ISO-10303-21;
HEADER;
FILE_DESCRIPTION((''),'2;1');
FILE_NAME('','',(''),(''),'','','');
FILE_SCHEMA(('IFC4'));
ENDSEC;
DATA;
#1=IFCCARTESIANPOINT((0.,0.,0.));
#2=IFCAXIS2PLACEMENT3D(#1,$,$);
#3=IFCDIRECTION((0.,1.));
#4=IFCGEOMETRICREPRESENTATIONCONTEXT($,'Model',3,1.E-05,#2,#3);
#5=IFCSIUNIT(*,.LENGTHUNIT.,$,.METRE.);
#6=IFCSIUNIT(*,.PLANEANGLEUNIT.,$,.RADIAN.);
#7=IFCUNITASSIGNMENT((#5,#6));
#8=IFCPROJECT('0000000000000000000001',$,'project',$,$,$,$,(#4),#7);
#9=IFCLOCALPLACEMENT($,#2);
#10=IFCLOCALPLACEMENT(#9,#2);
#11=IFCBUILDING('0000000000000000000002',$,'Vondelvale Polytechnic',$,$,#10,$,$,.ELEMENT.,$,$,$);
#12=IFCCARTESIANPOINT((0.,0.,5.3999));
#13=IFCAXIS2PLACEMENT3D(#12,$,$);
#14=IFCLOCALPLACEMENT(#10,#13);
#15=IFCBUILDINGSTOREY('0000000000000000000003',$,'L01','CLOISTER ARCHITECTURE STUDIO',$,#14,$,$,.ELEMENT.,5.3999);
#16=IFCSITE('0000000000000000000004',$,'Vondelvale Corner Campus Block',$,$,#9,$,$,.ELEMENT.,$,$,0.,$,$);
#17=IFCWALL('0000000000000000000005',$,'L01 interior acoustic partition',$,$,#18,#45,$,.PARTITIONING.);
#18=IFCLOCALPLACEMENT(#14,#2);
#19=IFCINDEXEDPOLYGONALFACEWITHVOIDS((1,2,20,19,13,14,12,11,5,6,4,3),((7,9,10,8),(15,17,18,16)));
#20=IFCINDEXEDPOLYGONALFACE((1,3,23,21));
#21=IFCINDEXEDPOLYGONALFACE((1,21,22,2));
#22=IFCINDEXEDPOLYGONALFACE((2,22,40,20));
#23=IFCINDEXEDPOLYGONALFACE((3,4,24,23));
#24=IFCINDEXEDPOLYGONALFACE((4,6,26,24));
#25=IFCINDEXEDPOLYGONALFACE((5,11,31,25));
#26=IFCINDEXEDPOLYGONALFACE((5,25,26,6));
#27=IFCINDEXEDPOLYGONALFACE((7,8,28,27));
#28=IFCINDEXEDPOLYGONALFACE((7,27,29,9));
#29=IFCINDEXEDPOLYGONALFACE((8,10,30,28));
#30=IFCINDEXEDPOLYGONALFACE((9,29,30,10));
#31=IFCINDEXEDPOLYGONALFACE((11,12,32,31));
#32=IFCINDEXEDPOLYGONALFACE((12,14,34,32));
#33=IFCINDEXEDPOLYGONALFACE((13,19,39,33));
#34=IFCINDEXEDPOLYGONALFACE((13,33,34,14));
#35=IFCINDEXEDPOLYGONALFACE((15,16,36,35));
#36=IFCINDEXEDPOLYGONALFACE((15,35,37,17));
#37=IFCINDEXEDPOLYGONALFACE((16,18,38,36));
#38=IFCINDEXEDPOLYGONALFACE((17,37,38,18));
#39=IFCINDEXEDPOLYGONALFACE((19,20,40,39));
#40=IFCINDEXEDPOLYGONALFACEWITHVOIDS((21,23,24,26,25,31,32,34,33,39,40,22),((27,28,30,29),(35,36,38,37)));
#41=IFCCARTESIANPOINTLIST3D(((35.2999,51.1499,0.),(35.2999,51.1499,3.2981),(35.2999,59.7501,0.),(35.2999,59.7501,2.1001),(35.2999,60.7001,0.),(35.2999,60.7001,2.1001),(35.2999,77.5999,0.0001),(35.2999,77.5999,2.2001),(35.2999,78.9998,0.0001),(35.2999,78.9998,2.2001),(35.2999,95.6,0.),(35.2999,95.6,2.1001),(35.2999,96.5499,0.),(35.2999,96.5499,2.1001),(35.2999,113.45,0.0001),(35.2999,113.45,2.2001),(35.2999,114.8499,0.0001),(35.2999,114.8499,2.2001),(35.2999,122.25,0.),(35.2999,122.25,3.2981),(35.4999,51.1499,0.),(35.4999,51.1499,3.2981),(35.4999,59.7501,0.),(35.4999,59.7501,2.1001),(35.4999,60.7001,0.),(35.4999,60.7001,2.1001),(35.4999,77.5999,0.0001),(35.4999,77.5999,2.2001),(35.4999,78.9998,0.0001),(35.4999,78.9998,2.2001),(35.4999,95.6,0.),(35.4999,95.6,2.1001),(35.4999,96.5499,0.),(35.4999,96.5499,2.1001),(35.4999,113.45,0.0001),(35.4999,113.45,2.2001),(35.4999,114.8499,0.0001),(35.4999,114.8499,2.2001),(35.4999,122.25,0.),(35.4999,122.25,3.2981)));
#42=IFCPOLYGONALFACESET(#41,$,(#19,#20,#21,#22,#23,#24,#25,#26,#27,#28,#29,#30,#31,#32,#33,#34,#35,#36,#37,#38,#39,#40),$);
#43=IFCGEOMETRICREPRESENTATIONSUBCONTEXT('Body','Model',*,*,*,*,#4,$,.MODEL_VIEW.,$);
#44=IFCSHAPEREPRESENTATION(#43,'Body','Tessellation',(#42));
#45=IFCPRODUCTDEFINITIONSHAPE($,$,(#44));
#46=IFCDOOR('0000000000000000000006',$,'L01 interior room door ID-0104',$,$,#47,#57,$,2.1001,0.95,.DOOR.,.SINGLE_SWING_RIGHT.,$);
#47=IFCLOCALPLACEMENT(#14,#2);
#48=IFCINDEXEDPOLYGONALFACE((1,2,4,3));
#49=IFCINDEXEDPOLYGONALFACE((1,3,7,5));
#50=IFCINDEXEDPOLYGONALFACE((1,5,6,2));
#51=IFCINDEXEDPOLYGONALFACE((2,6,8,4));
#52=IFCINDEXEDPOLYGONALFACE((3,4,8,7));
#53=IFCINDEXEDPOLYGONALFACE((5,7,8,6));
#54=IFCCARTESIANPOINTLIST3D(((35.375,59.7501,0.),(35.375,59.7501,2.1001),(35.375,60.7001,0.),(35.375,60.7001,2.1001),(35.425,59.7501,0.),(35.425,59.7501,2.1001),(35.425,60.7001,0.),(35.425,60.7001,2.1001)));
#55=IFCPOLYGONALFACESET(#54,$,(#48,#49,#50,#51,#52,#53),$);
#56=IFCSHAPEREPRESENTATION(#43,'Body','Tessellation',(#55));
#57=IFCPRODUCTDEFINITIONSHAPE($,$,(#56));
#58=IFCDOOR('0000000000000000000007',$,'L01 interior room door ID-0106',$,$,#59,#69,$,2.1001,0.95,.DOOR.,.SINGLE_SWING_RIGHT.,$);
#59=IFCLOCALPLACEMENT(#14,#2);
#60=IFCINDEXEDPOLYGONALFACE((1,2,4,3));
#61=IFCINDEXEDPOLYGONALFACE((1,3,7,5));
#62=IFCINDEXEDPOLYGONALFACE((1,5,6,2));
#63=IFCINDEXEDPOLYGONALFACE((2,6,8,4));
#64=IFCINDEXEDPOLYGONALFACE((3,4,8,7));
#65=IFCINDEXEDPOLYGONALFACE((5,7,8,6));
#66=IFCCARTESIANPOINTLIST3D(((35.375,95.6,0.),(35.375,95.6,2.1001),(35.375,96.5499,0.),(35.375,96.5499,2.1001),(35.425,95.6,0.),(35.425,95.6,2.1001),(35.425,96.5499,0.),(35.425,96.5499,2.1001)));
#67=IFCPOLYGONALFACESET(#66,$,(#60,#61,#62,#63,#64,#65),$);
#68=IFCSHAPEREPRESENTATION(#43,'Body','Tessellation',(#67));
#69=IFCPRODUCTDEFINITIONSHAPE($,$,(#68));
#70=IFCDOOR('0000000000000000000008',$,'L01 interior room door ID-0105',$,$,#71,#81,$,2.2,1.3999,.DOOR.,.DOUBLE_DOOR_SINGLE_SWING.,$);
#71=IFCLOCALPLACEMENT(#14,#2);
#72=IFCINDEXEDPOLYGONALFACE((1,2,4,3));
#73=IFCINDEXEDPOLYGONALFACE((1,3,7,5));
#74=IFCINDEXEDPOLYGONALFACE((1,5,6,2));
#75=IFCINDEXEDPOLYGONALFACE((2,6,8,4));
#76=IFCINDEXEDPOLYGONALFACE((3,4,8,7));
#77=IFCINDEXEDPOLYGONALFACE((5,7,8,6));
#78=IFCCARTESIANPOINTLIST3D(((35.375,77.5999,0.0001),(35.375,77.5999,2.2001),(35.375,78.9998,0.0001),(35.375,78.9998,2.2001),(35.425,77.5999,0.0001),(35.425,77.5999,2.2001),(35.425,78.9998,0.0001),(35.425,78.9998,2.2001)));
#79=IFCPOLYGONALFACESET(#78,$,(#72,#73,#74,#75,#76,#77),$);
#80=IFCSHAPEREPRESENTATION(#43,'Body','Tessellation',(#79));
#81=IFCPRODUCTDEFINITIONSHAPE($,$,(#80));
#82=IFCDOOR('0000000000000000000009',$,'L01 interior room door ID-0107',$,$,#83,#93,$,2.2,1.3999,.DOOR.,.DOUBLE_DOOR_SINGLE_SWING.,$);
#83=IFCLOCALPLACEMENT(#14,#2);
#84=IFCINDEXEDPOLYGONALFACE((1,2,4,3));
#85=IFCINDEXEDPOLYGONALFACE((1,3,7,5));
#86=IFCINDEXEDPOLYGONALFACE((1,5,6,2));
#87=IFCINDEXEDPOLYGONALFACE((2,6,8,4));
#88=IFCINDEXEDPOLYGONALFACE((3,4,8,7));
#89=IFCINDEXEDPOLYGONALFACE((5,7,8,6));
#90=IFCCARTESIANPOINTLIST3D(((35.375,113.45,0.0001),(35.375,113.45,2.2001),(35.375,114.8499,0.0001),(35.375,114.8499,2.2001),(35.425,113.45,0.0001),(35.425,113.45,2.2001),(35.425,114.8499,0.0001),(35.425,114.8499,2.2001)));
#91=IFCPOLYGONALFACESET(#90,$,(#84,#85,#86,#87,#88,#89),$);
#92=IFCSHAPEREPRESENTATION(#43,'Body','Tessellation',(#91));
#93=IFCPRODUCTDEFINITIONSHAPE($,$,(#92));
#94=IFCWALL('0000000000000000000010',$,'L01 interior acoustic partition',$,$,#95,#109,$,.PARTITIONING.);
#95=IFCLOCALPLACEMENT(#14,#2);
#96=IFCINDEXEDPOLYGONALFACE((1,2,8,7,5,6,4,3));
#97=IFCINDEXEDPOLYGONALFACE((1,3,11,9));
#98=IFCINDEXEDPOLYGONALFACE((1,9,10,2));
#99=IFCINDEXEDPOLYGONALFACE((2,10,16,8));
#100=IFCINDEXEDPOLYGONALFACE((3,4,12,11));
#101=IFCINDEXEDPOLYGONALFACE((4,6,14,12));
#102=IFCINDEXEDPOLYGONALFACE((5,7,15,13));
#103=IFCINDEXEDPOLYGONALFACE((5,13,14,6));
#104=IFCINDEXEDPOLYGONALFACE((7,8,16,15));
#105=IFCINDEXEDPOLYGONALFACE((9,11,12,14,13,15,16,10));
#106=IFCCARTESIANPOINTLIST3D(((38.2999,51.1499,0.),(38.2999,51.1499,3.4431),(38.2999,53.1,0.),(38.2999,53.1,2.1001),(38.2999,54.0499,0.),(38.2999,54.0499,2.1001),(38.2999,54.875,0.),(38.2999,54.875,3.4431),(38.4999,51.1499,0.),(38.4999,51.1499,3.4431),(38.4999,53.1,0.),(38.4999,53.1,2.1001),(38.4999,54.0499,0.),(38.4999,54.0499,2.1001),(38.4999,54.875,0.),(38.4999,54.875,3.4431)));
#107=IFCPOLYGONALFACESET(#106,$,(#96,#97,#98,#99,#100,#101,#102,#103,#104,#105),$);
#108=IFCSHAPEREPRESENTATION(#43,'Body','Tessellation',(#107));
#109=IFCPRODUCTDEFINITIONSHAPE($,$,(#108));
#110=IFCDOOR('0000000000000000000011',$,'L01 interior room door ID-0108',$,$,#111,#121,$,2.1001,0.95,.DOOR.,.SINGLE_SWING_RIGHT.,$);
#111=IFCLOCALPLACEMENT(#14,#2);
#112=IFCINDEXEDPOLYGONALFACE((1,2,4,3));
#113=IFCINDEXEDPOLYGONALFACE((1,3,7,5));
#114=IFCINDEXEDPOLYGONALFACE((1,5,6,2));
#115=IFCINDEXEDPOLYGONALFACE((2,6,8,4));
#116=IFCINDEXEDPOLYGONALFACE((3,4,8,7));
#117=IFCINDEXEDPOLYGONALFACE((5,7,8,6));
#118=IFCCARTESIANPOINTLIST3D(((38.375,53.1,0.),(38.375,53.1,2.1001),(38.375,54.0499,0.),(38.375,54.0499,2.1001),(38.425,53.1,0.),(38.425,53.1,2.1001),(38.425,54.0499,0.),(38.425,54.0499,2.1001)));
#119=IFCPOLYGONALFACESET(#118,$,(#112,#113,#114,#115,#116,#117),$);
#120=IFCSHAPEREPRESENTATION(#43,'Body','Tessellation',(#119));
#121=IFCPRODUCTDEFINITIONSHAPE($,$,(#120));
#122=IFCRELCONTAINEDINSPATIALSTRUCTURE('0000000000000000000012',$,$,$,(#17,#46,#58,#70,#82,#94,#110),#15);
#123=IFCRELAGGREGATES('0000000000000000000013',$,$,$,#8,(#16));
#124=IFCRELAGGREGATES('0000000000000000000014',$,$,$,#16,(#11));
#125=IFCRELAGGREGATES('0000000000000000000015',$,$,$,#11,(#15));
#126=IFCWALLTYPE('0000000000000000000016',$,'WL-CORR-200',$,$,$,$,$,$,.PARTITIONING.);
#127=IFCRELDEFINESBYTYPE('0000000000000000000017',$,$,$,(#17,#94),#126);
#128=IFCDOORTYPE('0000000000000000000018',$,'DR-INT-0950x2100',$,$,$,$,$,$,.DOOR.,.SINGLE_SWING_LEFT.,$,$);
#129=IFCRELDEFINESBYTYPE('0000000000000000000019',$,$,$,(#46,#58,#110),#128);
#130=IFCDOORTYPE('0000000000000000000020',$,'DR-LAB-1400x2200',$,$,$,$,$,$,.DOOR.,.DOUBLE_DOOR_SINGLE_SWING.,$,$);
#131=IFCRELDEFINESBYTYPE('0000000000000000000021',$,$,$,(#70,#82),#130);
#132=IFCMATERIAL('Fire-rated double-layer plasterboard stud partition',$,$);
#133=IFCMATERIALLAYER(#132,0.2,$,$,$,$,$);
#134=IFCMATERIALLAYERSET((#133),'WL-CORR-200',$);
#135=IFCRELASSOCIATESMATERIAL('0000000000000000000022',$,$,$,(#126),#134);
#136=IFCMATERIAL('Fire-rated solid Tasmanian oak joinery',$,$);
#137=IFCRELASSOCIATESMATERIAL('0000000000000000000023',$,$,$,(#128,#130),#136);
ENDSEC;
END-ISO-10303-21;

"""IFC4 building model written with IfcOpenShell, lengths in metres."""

from ifc_helpers import new_model, si_unit, direction, frame, frame_2d, origin, place, context, subcontext, project, spatial, rectangle, extrude, material, layer, layer_set, type_object, element, fill, save


model = new_model("IFC4")

# Units and contexts
model_context = context("Model", 3, precision=1e-05, world=origin(), true_north=direction((0.0, 1.0)))
body_context = subcontext(model_context, "Body", "Model", "MODEL_VIEW")
ifc_project = project(units=[si_unit("LENGTHUNIT", "METRE"), si_unit("PLANEANGLEUNIT", "RADIAN")], contexts=[model_context])

# Site, building, storey
site_placement = place(None, origin())
site = spatial("IfcSite", under=ifc_project, at=site_placement, Name="Vondelvale Corner Campus Block", CompositionType="ELEMENT", RefElevation=0.0)
building_placement = place(site_placement, origin())
building = spatial("IfcBuilding", under=site, at=building_placement, Name="Vondelvale Polytechnic", CompositionType="ELEMENT")
storey_placement = place(building_placement, frame((0.0, 0.0, 5.3999)))
storey = spatial("IfcBuildingStorey", under=building, at=storey_placement, Name="L01", Description="CLOISTER ARCHITECTURE STUDIO", CompositionType="ELEMENT", Elevation=5.3999)

# Shared definitions
ifc_material_1 = material(Name="Fire-rated double-layer plasterboard stud partition")
ifc_layer_1 = layer(ifc_material_1, 0.2)
ifc_layer_set_1 = layer_set([ifc_layer_1], Name="WL-CORR-200")
wall_type_1 = type_object("IfcWallType", Name="WL-CORR-200", PredefinedType="PARTITIONING", material=ifc_layer_set_1)

# Wall, openings, doors
wall_1_placement = place(storey_placement, frame((35.3999, 51.1499, 0.0), z_axis=(0.0, 0.0, 1.0), x_axis=(0.0, 1.0, 0.0)))
wall_1 = element("IfcWall", 1, at=wall_1_placement, inside=storey, type_object=wall_type_1, Name="L01 interior acoustic partition", PredefinedType="PARTITIONING", context=body_context, shape_type="SweptSolid", body=[
    extrude(rectangle(XDim=71.1001, YDim=0.2, at=frame_2d((35.55, 0.0))), origin(), (0.0, 0.0, 1.0), 3.2981),
])
opening_1_placement = place(wall_1_placement, frame((8.6001, 0.0, 0.0)))
opening_1 = element("IfcOpeningElement", 2, at=opening_1_placement, cuts=wall_1, PredefinedType="OPENING", context=body_context, shape_type="SweptSolid", body=[
    extrude(rectangle(XDim=0.95, YDim=2.1001, at=frame_2d((0.4751, 1.05))), frame((0.0, 0.1099, 0.0), z_axis=(0.0, -1.0, 0.0), x_axis=(1.0, 0.0, 0.0)), (0.0, 0.0, 1.0), 0.22),
])
opening_2_placement = place(wall_1_placement, frame((26.45, 0.0, 0.0)))
opening_2 = element("IfcOpeningElement", 3, at=opening_2_placement, cuts=wall_1, PredefinedType="OPENING", context=body_context, shape_type="SweptSolid", body=[
    extrude(rectangle(XDim=1.3999, YDim=2.2, at=frame_2d((0.7, 1.1001))), frame((0.0, 0.1099, 0.0), z_axis=(0.0, -1.0, 0.0), x_axis=(1.0, 0.0, 0.0)), (0.0, 0.0, 1.0), 0.22),
])
opening_3_placement = place(wall_1_placement, frame((44.45, 0.0, 0.0)))
opening_3 = element("IfcOpeningElement", 4, at=opening_3_placement, cuts=wall_1, PredefinedType="OPENING", context=body_context, shape_type="SweptSolid", body=[
    extrude(rectangle(XDim=0.95, YDim=2.1001, at=frame_2d((0.4751, 1.05))), frame((0.0, 0.1099, 0.0), z_axis=(0.0, -1.0, 0.0), x_axis=(1.0, 0.0, 0.0)), (0.0, 0.0, 1.0), 0.22),
])
opening_4_placement = place(wall_1_placement, frame((62.3, 0.0, 0.0)))
opening_4 = element("IfcOpeningElement", 5, at=opening_4_placement, cuts=wall_1, PredefinedType="OPENING", context=body_context, shape_type="SweptSolid", body=[
    extrude(rectangle(XDim=1.3999, YDim=2.2, at=frame_2d((0.7, 1.1001))), frame((0.0, 0.1099, 0.0), z_axis=(0.0, -1.0, 0.0), x_axis=(1.0, 0.0, 0.0)), (0.0, 0.0, 1.0), 0.22),
])
ifc_material_2 = material(Name="Fire-rated solid Tasmanian oak joinery")
door_type_1 = type_object("IfcDoorType", Name="DR-INT-0950x2100", OperationType="SINGLE_SWING_LEFT", PredefinedType="DOOR", material=ifc_material_2)
door_1_placement = place(opening_1_placement, origin())
door_1 = element("IfcDoor", 6, at=door_1_placement, inside=storey, type_object=door_type_1, Name="L01 interior room door ID-0104", OperationType="SINGLE_SWING_RIGHT", OverallHeight=2.1001, OverallWidth=0.95, PredefinedType="DOOR", context=body_context, shape_type="SweptSolid", body=[
    extrude(rectangle(XDim=0.95, YDim=2.1001, at=frame_2d((0.4751, 1.05))), frame((0.0, 0.0249, 0.0), z_axis=(0.0, -1.0, 0.0), x_axis=(1.0, 0.0, 0.0)), (0.0, 0.0, 1.0), 0.05),
])
fill(opening_1, door_1)
door_2_placement = place(opening_3_placement, origin())
door_2 = element("IfcDoor", 7, at=door_2_placement, inside=storey, type_object=door_type_1, Name="L01 interior room door ID-0106", OperationType="SINGLE_SWING_RIGHT", OverallHeight=2.1001, OverallWidth=0.95, PredefinedType="DOOR", context=body_context, shape_type="SweptSolid", body=[
    extrude(rectangle(XDim=0.95, YDim=2.1001, at=frame_2d((0.4751, 1.05))), frame((0.0, 0.0249, 0.0), z_axis=(0.0, -1.0, 0.0), x_axis=(1.0, 0.0, 0.0)), (0.0, 0.0, 1.0), 0.05),
])
fill(opening_3, door_2)
door_type_2 = type_object("IfcDoorType", Name="DR-LAB-1400x2200", OperationType="DOUBLE_DOOR_SINGLE_SWING", PredefinedType="DOOR", material=ifc_material_2)
door_3_placement = place(opening_2_placement, origin())
door_3 = element("IfcDoor", 8, at=door_3_placement, inside=storey, type_object=door_type_2, Name="L01 interior room door ID-0105", OperationType="DOUBLE_DOOR_SINGLE_SWING", OverallHeight=2.2, OverallWidth=1.3999, PredefinedType="DOOR", context=body_context, shape_type="SweptSolid", body=[
    extrude(rectangle(XDim=1.3999, YDim=2.2, at=frame_2d((0.7, 1.1001))), frame((0.0, 0.0249, 0.0), z_axis=(0.0, -1.0, 0.0), x_axis=(1.0, 0.0, 0.0)), (0.0, 0.0, 1.0), 0.05),
])
fill(opening_2, door_3)
door_4_placement = place(opening_4_placement, origin())
door_4 = element("IfcDoor", 9, at=door_4_placement, inside=storey, type_object=door_type_2, Name="L01 interior room door ID-0107", OperationType="DOUBLE_DOOR_SINGLE_SWING", OverallHeight=2.2, OverallWidth=1.3999, PredefinedType="DOOR", context=body_context, shape_type="SweptSolid", body=[
    extrude(rectangle(XDim=1.3999, YDim=2.2, at=frame_2d((0.7, 1.1001))), frame((0.0, 0.0249, 0.0), z_axis=(0.0, -1.0, 0.0), x_axis=(1.0, 0.0, 0.0)), (0.0, 0.0, 1.0), 0.05),
])
fill(opening_4, door_4)

# Wall, opening, door
wall_2_placement = place(storey_placement, frame((38.3999, 51.1499, 0.0), z_axis=(0.0, 0.0, 1.0), x_axis=(0.0, 1.0, 0.0)))
wall_2 = element("IfcWall", 10, at=wall_2_placement, inside=storey, type_object=wall_type_1, Name="L01 interior acoustic partition", PredefinedType="PARTITIONING", context=body_context, shape_type="SweptSolid", body=[
    extrude(rectangle(XDim=3.7251, YDim=0.2, at=frame_2d((1.8625, 0.0))), origin(), (0.0, 0.0, 1.0), 3.4431),
])
opening_5_placement = place(wall_2_placement, frame((1.95, 0.0, 0.0)))
opening_5 = element("IfcOpeningElement", 11, at=opening_5_placement, cuts=wall_2, PredefinedType="OPENING", context=body_context, shape_type="SweptSolid", body=[
    extrude(rectangle(XDim=0.95, YDim=2.1001, at=frame_2d((0.4751, 1.05))), frame((0.0, 0.1099, 0.0), z_axis=(0.0, -1.0, 0.0), x_axis=(1.0, 0.0, 0.0)), (0.0, 0.0, 1.0), 0.22),
])
door_5_placement = place(opening_5_placement, origin())
door_5 = element("IfcDoor", 12, at=door_5_placement, inside=storey, type_object=door_type_1, Name="L01 interior room door ID-0108", OperationType="SINGLE_SWING_RIGHT", OverallHeight=2.1001, OverallWidth=0.95, PredefinedType="DOOR", context=body_context, shape_type="SweptSolid", body=[
    extrude(rectangle(XDim=0.95, YDim=2.1001, at=frame_2d((0.4751, 1.05))), frame((0.0, 0.0249, 0.0), z_axis=(0.0, -1.0, 0.0), x_axis=(1.0, 0.0, 0.0)), (0.0, 0.0, 1.0), 0.05),
])
fill(opening_5, door_5)

save(model, "model.ifc")
